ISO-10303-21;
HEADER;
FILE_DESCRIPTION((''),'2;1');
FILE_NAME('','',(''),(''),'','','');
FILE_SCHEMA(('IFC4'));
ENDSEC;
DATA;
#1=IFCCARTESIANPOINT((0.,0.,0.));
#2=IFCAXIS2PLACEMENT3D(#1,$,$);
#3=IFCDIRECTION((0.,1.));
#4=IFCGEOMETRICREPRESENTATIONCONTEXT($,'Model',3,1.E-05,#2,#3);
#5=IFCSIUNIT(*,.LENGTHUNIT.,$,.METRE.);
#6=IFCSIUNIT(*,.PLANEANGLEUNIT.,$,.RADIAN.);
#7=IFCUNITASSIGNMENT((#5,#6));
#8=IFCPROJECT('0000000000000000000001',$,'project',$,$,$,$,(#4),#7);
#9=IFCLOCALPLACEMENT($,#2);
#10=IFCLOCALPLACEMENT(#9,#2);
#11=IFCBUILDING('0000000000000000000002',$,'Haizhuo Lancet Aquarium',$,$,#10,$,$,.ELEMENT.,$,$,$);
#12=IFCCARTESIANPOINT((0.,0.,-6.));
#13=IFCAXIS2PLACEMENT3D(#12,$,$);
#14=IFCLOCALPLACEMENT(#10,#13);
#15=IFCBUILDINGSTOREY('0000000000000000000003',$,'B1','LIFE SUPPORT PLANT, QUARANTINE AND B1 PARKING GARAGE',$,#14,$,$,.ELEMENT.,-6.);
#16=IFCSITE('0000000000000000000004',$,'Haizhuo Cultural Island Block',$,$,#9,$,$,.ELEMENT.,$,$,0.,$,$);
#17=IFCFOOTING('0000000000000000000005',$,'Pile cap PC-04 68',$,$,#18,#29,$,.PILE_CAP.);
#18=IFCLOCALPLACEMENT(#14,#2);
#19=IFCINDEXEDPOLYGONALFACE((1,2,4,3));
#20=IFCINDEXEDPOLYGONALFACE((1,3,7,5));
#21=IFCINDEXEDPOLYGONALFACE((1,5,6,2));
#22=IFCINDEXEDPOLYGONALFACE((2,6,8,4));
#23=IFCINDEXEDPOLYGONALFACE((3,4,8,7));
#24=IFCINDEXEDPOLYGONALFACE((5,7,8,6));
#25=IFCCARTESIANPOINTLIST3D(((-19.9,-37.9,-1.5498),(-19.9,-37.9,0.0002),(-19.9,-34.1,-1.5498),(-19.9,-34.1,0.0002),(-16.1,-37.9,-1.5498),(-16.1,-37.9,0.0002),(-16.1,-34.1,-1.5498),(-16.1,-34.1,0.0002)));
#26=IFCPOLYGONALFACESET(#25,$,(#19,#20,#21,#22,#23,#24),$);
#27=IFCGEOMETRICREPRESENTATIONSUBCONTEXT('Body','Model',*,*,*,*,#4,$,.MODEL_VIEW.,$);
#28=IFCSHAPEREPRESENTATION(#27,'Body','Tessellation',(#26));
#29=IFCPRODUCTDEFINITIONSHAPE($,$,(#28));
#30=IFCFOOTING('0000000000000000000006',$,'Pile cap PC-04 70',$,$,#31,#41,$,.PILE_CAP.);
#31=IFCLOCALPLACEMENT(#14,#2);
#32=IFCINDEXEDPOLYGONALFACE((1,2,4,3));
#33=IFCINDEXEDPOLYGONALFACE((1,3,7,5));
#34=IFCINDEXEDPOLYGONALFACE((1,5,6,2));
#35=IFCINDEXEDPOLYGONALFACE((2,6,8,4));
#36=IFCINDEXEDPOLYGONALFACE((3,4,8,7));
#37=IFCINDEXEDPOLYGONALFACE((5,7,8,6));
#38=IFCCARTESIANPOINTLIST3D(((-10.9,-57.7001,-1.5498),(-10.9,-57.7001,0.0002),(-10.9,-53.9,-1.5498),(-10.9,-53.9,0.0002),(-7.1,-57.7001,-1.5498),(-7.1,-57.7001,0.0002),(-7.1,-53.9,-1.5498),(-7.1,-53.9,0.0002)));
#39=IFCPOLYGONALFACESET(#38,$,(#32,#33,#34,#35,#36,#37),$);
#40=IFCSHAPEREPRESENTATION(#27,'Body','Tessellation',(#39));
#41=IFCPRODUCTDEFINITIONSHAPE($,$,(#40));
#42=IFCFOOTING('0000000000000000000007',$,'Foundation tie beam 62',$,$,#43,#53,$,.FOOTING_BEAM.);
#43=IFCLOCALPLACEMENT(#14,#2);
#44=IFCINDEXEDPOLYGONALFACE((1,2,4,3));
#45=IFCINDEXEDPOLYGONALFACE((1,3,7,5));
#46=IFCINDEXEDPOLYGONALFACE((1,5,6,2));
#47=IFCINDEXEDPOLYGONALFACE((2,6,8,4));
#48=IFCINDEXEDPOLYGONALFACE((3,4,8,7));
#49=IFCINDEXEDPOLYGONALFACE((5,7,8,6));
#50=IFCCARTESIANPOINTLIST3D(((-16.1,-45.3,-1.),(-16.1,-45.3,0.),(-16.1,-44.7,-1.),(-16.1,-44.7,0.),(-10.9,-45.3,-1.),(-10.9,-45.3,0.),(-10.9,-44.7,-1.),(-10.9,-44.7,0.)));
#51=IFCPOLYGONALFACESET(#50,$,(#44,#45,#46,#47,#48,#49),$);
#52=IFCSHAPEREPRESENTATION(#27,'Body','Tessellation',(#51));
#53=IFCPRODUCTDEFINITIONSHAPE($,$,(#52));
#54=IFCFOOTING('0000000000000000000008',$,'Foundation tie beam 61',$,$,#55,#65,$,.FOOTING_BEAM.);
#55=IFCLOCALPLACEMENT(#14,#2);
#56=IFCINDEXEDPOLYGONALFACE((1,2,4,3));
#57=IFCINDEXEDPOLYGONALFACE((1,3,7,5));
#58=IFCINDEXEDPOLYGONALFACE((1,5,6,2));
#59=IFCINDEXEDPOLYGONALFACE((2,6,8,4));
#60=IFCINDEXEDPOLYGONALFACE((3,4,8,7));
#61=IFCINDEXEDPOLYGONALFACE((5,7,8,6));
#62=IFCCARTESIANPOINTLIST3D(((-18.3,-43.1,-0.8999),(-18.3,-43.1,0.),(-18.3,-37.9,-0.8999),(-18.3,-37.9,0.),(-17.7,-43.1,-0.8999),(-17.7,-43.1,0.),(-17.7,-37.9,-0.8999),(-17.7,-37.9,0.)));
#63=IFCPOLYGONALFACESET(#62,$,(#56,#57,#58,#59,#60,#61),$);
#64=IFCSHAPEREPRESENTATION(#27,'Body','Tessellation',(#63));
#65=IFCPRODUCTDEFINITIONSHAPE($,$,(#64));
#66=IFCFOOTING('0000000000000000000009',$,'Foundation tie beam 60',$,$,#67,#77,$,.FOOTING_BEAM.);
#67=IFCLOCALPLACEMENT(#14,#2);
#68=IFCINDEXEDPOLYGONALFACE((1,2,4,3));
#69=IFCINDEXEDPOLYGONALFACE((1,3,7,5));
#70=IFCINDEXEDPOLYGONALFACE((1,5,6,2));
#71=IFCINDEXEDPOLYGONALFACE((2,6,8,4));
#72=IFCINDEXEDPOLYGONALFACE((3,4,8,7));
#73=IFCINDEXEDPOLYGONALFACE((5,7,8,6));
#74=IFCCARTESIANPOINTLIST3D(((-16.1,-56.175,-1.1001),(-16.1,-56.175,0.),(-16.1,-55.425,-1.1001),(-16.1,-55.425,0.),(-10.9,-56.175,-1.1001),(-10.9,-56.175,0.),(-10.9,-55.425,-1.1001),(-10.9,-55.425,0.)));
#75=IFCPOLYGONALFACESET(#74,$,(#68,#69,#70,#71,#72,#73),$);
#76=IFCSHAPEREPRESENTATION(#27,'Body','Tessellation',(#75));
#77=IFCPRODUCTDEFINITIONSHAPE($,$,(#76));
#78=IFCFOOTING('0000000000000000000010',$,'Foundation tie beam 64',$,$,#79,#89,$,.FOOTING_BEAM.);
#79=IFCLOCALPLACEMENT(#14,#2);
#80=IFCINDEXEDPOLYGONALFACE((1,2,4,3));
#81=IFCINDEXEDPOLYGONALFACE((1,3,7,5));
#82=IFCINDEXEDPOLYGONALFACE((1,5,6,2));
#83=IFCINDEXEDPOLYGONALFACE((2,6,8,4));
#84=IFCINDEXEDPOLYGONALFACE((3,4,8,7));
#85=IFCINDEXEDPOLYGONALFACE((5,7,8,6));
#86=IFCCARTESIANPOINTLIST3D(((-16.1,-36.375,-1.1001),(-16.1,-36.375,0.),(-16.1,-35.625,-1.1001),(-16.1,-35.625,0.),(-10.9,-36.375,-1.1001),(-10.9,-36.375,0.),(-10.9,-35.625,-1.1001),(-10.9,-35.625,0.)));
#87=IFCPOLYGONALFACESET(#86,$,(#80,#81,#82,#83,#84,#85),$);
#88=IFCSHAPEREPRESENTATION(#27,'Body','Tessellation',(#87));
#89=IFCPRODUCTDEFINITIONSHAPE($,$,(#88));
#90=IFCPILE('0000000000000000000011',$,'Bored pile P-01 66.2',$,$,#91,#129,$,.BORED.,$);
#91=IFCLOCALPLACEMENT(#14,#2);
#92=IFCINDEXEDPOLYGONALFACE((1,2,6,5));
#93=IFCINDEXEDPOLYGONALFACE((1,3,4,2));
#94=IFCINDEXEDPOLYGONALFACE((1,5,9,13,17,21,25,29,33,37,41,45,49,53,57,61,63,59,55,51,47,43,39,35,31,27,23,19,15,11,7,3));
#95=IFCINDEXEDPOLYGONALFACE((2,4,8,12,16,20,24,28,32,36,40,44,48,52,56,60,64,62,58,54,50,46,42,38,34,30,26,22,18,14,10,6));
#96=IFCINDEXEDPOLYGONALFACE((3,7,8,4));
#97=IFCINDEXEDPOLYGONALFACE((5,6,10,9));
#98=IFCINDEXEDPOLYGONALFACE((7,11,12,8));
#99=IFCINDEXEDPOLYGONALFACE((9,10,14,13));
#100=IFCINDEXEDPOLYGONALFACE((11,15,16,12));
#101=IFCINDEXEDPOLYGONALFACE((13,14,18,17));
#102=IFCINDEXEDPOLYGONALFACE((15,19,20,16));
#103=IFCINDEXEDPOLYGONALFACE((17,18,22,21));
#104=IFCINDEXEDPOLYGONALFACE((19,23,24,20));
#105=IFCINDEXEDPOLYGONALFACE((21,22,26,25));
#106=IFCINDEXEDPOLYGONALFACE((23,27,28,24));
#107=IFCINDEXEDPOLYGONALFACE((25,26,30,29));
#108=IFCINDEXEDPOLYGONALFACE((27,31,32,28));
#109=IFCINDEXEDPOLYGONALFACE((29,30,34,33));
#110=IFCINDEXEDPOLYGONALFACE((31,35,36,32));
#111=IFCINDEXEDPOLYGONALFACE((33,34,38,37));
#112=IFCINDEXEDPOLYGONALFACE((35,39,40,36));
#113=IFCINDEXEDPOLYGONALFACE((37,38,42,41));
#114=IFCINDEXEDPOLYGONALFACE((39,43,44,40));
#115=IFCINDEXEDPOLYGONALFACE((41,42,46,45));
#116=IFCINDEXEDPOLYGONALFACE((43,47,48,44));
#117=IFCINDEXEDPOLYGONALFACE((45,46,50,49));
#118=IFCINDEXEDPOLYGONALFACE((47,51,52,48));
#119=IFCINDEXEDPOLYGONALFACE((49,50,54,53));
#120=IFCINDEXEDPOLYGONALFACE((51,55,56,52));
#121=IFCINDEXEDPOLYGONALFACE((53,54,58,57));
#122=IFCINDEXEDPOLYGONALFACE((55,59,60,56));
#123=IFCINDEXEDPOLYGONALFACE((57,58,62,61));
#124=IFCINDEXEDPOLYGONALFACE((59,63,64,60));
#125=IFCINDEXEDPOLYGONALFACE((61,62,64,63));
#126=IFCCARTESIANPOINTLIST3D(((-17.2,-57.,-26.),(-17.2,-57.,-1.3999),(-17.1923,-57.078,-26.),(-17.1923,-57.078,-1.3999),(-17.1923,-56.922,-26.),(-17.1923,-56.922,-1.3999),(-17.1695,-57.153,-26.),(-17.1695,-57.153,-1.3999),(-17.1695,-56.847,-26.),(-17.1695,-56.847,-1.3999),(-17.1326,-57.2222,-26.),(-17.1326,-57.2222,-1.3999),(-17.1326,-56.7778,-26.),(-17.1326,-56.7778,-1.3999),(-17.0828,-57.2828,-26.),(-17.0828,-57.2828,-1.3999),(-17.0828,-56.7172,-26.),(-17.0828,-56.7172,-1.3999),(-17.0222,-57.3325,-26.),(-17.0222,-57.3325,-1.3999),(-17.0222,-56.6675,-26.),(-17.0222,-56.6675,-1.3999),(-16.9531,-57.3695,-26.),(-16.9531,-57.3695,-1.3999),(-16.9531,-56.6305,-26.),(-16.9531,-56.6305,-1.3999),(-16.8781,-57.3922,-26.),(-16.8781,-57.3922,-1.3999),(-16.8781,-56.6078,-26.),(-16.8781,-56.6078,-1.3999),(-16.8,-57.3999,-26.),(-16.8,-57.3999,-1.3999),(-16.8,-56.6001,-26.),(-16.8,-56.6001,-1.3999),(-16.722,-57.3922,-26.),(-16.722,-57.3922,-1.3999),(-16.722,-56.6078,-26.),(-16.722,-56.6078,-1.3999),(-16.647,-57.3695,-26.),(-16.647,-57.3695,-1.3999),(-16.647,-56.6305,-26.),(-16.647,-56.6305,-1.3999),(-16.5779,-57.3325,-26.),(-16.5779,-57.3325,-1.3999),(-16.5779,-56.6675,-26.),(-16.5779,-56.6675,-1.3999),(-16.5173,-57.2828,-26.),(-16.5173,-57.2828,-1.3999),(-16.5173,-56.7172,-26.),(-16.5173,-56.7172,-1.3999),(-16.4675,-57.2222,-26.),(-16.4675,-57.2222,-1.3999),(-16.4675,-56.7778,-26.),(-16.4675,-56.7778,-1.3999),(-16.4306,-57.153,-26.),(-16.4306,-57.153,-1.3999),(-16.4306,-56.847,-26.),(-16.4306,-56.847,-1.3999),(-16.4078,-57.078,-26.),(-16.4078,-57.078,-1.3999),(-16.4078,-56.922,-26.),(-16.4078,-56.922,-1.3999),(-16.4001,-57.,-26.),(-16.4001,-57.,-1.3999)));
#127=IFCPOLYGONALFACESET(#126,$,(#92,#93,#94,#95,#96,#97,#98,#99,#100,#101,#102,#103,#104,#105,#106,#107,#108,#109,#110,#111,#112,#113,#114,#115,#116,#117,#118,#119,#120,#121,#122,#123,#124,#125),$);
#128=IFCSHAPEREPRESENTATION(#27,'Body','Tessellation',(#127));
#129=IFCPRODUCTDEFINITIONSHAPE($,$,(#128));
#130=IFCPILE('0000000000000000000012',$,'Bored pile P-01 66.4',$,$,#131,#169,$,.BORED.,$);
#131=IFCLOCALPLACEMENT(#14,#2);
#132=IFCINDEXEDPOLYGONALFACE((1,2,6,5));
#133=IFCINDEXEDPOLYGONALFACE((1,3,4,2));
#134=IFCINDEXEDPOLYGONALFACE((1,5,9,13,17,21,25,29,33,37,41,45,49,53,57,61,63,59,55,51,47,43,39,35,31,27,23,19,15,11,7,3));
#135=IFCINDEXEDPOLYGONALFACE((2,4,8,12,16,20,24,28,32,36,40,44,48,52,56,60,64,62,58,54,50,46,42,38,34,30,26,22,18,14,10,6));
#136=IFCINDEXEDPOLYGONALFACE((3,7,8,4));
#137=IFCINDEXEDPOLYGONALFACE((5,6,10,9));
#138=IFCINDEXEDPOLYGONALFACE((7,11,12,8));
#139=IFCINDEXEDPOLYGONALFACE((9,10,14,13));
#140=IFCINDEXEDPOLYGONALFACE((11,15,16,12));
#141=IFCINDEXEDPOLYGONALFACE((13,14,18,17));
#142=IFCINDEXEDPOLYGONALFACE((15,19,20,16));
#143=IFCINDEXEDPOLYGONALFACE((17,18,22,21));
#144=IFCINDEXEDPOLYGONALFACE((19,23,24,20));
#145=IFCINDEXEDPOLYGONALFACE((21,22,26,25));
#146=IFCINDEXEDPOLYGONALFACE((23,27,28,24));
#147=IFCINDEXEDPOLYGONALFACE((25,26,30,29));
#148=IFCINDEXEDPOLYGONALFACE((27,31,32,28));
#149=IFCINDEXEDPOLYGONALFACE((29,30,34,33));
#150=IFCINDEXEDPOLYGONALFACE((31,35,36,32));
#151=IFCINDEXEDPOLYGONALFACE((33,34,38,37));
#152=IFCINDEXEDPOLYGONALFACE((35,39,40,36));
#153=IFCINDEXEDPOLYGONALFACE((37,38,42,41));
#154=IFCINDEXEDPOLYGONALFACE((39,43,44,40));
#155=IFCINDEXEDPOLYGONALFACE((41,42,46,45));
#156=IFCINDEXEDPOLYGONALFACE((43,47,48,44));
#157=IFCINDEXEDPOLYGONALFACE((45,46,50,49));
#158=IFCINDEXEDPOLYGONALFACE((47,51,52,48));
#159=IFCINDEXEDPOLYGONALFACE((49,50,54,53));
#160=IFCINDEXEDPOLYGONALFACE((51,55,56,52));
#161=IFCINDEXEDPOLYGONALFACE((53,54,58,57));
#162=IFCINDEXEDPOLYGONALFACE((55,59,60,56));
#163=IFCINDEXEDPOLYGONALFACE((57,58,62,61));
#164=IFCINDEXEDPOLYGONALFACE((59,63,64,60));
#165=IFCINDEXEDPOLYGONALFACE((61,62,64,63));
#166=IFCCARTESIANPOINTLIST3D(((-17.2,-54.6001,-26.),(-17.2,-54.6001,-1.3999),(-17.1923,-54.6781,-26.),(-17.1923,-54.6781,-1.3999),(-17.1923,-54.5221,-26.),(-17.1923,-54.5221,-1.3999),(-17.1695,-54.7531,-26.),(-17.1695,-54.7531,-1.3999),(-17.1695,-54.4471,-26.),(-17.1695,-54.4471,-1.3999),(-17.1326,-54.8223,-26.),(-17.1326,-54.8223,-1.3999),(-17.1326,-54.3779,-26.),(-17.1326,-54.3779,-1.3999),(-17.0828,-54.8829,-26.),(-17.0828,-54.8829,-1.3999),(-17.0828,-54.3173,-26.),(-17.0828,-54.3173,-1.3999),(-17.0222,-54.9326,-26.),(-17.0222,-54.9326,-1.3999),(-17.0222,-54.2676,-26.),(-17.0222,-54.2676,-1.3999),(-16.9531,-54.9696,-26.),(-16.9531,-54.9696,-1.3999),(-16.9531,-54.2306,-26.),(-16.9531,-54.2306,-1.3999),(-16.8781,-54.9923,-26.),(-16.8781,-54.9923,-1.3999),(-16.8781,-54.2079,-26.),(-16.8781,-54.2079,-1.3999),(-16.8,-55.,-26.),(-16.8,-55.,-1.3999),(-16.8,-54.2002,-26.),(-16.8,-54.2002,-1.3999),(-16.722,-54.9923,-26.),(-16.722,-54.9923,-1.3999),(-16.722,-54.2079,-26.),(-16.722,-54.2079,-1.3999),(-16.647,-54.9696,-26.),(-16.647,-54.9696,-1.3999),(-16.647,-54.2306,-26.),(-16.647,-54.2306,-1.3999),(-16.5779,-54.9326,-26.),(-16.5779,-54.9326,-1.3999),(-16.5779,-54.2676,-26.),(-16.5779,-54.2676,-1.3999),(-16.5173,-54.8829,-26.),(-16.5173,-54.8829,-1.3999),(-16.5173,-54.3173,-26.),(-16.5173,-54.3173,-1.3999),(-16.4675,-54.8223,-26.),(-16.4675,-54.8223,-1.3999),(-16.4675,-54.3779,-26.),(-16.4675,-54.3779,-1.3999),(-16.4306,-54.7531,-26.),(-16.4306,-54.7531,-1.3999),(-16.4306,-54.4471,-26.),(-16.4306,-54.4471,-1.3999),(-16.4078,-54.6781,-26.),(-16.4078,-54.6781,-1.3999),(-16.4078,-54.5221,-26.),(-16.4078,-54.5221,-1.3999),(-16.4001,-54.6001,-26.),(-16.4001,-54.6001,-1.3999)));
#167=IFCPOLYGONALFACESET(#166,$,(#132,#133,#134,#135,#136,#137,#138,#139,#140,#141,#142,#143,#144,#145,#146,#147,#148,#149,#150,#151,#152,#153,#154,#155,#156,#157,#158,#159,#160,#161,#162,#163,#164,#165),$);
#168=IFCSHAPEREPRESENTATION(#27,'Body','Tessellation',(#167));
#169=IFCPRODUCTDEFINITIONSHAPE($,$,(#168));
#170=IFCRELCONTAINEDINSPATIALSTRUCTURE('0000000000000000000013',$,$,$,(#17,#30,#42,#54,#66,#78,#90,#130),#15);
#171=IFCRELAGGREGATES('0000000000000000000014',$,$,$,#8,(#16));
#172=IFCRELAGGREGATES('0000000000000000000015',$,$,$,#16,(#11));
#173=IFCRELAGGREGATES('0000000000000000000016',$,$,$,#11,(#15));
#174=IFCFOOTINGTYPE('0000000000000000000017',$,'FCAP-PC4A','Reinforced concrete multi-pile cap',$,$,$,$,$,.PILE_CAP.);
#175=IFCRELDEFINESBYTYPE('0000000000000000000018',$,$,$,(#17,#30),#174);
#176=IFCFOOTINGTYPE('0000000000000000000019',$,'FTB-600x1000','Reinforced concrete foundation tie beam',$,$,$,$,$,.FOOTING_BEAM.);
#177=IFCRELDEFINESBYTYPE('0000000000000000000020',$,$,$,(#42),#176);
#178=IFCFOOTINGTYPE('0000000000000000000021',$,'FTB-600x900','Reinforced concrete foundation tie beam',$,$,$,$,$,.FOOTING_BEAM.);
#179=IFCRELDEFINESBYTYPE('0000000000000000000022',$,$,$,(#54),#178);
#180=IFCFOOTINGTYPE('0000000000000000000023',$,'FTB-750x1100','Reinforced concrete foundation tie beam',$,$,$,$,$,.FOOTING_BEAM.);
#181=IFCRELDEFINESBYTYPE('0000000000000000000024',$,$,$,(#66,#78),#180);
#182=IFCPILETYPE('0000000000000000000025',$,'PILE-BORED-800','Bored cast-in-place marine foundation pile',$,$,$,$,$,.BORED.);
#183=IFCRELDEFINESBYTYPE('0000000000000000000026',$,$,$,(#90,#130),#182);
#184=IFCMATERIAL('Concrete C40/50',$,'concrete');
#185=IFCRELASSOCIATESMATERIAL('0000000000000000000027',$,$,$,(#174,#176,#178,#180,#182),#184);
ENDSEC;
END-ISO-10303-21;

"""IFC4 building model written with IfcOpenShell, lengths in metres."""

from ifc_helpers import new_model, si_unit, direction, frame, origin, origin_2d, place, context, subcontext, project, spatial, rectangle, circle, extrude, material, material_profile, profile_set, type_object, element, save


model = new_model("IFC4")

# Units and contexts
model_context = context("Model", 3, precision=1e-05, world=origin(), true_north=direction((0.0, 1.0)))
body_context = subcontext(model_context, "Body", "Model", "MODEL_VIEW")
ifc_project = project(units=[si_unit("LENGTHUNIT", "METRE"), si_unit("PLANEANGLEUNIT", "RADIAN")], contexts=[model_context])

# Site, building, storey
site_placement = place(None, origin())
site = spatial("IfcSite", under=ifc_project, at=site_placement, Name="Haizhuo Cultural Island Block", CompositionType="ELEMENT", RefElevation=0.0)
building_placement = place(site_placement, origin())
building = spatial("IfcBuilding", under=site, at=building_placement, Name="Haizhuo Lancet Aquarium", CompositionType="ELEMENT")
storey_placement = place(building_placement, frame((0.0, 0.0, -6.0)))
storey = spatial("IfcBuildingStorey", under=building, at=storey_placement, Name="B1", Description="LIFE SUPPORT PLANT, QUARANTINE AND B1 PARKING GARAGE", CompositionType="ELEMENT", Elevation=-6.0)

# Footings
ifc_material_1 = material(Name="Concrete C40/50", Category="concrete")
footing_type_1 = type_object("IfcFootingType", Name="FCAP-PC4A", Description="Reinforced concrete multi-pile cap", PredefinedType="PILE_CAP", material=ifc_material_1)
for number, where, z_axis, x_axis, name in (
    (1, (-18.0, -36.0, -1.5498), (0.0, 0.0, 1.0), (1.0, 0.0, 0.0), "Pile cap PC-04 68"),
    (2, (-9.0, -55.8, -1.5498), (0.0, 0.0, 1.0), (1.0, 0.0, 0.0), "Pile cap PC-04 70"),
):
    element("IfcFooting", number, at=place(storey_placement, frame(where, z_axis=z_axis, x_axis=x_axis)), inside=storey, type_object=footing_type_1, Name=name, PredefinedType="PILE_CAP", context=body_context, shape_type="SweptSolid", body=[
        extrude(rectangle(XDim=3.8, YDim=3.8, at=origin_2d()), origin(), (0.0, 0.0, 1.0), 1.55),
    ])
footing_type_2 = type_object("IfcFootingType", Name="FTB-600x1000", Description="Reinforced concrete foundation tie beam", PredefinedType="FOOTING_BEAM", material=ifc_material_1)
footing_1_placement = place(storey_placement, frame((-13.5, -45.0, -1.0), z_axis=(0.0, 0.0, 1.0), x_axis=(1.0, 0.0, 0.0)))
element("IfcFooting", 3, at=footing_1_placement, inside=storey, type_object=footing_type_2, Name="Foundation tie beam 62", PredefinedType="FOOTING_BEAM", context=body_context, shape_type="SweptSolid", body=[
    extrude(rectangle(XDim=5.2, YDim=0.6001, at=origin_2d()), origin(), (0.0, 0.0, 1.0), 1.0),
])
footing_type_3 = type_object("IfcFootingType", Name="FTB-600x900", Description="Reinforced concrete foundation tie beam", PredefinedType="FOOTING_BEAM", material=ifc_material_1)
footing_2_placement = place(storey_placement, frame((-18.0, -40.5, -0.8999), z_axis=(0.0, 0.0, 1.0), x_axis=(0.0, 1.0, 0.0)))
element("IfcFooting", 4, at=footing_2_placement, inside=storey, type_object=footing_type_3, Name="Foundation tie beam 61", PredefinedType="FOOTING_BEAM", context=body_context, shape_type="SweptSolid", body=[
    extrude(rectangle(XDim=5.2, YDim=0.6001, at=origin_2d()), origin(), (0.0, 0.0, 1.0), 0.8999),
])
footing_type_4 = type_object("IfcFootingType", Name="FTB-750x1100", Description="Reinforced concrete foundation tie beam", PredefinedType="FOOTING_BEAM", material=ifc_material_1)
for number, where, z_axis, x_axis, name in (
    (5, (-13.5, -55.8, -1.1001), (0.0, 0.0, 1.0), (1.0, 0.0, 0.0), "Foundation tie beam 60"),
    (6, (-13.5, -36.0, -1.1001), (0.0, 0.0, 1.0), (1.0, 0.0, 0.0), "Foundation tie beam 64"),
):
    element("IfcFooting", number, at=place(storey_placement, frame(where, z_axis=z_axis, x_axis=x_axis)), inside=storey, type_object=footing_type_4, Name=name, PredefinedType="FOOTING_BEAM", context=body_context, shape_type="SweptSolid", body=[
        extrude(rectangle(XDim=5.2, YDim=0.75, at=origin_2d()), origin(), (0.0, 0.0, 1.0), 1.1001),
    ])

# Piles
ifc_material_profile_1 = material_profile(ifc_material_1, circle(Radius=0.3999, at=origin_2d()), Name="PILE-800")
ifc_profile_set_1 = profile_set([ifc_material_profile_1], Name="Concrete C40/50")
pile_type = type_object("IfcPileType", Name="PILE-BORED-800", Description="Bored cast-in-place marine foundation pile", PredefinedType="BORED", material=ifc_profile_set_1)
for number, where, z_axis, x_axis, name in (
    (7, (-16.8, -57.0, -1.3999), (0.0, 0.0, -1.0), (1.0, 0.0, 0.0), "Bored pile P-01 66.2"),
    (8, (-16.8, -54.6001, -1.3999), (0.0, 0.0, -1.0), (1.0, 0.0, 0.0), "Bored pile P-01 66.4"),
):
    element("IfcPile", number, at=place(storey_placement, frame(where, z_axis=z_axis, x_axis=x_axis)), inside=storey, type_object=pile_type, Name=name, PredefinedType="BORED", context=body_context, shape_type="SweptSolid", body=[
        extrude(circle(Radius=0.3999, at=origin_2d()), origin(), (0.0, 0.0, 1.0), 24.6001),
    ])

save(model, "model.ifc")
